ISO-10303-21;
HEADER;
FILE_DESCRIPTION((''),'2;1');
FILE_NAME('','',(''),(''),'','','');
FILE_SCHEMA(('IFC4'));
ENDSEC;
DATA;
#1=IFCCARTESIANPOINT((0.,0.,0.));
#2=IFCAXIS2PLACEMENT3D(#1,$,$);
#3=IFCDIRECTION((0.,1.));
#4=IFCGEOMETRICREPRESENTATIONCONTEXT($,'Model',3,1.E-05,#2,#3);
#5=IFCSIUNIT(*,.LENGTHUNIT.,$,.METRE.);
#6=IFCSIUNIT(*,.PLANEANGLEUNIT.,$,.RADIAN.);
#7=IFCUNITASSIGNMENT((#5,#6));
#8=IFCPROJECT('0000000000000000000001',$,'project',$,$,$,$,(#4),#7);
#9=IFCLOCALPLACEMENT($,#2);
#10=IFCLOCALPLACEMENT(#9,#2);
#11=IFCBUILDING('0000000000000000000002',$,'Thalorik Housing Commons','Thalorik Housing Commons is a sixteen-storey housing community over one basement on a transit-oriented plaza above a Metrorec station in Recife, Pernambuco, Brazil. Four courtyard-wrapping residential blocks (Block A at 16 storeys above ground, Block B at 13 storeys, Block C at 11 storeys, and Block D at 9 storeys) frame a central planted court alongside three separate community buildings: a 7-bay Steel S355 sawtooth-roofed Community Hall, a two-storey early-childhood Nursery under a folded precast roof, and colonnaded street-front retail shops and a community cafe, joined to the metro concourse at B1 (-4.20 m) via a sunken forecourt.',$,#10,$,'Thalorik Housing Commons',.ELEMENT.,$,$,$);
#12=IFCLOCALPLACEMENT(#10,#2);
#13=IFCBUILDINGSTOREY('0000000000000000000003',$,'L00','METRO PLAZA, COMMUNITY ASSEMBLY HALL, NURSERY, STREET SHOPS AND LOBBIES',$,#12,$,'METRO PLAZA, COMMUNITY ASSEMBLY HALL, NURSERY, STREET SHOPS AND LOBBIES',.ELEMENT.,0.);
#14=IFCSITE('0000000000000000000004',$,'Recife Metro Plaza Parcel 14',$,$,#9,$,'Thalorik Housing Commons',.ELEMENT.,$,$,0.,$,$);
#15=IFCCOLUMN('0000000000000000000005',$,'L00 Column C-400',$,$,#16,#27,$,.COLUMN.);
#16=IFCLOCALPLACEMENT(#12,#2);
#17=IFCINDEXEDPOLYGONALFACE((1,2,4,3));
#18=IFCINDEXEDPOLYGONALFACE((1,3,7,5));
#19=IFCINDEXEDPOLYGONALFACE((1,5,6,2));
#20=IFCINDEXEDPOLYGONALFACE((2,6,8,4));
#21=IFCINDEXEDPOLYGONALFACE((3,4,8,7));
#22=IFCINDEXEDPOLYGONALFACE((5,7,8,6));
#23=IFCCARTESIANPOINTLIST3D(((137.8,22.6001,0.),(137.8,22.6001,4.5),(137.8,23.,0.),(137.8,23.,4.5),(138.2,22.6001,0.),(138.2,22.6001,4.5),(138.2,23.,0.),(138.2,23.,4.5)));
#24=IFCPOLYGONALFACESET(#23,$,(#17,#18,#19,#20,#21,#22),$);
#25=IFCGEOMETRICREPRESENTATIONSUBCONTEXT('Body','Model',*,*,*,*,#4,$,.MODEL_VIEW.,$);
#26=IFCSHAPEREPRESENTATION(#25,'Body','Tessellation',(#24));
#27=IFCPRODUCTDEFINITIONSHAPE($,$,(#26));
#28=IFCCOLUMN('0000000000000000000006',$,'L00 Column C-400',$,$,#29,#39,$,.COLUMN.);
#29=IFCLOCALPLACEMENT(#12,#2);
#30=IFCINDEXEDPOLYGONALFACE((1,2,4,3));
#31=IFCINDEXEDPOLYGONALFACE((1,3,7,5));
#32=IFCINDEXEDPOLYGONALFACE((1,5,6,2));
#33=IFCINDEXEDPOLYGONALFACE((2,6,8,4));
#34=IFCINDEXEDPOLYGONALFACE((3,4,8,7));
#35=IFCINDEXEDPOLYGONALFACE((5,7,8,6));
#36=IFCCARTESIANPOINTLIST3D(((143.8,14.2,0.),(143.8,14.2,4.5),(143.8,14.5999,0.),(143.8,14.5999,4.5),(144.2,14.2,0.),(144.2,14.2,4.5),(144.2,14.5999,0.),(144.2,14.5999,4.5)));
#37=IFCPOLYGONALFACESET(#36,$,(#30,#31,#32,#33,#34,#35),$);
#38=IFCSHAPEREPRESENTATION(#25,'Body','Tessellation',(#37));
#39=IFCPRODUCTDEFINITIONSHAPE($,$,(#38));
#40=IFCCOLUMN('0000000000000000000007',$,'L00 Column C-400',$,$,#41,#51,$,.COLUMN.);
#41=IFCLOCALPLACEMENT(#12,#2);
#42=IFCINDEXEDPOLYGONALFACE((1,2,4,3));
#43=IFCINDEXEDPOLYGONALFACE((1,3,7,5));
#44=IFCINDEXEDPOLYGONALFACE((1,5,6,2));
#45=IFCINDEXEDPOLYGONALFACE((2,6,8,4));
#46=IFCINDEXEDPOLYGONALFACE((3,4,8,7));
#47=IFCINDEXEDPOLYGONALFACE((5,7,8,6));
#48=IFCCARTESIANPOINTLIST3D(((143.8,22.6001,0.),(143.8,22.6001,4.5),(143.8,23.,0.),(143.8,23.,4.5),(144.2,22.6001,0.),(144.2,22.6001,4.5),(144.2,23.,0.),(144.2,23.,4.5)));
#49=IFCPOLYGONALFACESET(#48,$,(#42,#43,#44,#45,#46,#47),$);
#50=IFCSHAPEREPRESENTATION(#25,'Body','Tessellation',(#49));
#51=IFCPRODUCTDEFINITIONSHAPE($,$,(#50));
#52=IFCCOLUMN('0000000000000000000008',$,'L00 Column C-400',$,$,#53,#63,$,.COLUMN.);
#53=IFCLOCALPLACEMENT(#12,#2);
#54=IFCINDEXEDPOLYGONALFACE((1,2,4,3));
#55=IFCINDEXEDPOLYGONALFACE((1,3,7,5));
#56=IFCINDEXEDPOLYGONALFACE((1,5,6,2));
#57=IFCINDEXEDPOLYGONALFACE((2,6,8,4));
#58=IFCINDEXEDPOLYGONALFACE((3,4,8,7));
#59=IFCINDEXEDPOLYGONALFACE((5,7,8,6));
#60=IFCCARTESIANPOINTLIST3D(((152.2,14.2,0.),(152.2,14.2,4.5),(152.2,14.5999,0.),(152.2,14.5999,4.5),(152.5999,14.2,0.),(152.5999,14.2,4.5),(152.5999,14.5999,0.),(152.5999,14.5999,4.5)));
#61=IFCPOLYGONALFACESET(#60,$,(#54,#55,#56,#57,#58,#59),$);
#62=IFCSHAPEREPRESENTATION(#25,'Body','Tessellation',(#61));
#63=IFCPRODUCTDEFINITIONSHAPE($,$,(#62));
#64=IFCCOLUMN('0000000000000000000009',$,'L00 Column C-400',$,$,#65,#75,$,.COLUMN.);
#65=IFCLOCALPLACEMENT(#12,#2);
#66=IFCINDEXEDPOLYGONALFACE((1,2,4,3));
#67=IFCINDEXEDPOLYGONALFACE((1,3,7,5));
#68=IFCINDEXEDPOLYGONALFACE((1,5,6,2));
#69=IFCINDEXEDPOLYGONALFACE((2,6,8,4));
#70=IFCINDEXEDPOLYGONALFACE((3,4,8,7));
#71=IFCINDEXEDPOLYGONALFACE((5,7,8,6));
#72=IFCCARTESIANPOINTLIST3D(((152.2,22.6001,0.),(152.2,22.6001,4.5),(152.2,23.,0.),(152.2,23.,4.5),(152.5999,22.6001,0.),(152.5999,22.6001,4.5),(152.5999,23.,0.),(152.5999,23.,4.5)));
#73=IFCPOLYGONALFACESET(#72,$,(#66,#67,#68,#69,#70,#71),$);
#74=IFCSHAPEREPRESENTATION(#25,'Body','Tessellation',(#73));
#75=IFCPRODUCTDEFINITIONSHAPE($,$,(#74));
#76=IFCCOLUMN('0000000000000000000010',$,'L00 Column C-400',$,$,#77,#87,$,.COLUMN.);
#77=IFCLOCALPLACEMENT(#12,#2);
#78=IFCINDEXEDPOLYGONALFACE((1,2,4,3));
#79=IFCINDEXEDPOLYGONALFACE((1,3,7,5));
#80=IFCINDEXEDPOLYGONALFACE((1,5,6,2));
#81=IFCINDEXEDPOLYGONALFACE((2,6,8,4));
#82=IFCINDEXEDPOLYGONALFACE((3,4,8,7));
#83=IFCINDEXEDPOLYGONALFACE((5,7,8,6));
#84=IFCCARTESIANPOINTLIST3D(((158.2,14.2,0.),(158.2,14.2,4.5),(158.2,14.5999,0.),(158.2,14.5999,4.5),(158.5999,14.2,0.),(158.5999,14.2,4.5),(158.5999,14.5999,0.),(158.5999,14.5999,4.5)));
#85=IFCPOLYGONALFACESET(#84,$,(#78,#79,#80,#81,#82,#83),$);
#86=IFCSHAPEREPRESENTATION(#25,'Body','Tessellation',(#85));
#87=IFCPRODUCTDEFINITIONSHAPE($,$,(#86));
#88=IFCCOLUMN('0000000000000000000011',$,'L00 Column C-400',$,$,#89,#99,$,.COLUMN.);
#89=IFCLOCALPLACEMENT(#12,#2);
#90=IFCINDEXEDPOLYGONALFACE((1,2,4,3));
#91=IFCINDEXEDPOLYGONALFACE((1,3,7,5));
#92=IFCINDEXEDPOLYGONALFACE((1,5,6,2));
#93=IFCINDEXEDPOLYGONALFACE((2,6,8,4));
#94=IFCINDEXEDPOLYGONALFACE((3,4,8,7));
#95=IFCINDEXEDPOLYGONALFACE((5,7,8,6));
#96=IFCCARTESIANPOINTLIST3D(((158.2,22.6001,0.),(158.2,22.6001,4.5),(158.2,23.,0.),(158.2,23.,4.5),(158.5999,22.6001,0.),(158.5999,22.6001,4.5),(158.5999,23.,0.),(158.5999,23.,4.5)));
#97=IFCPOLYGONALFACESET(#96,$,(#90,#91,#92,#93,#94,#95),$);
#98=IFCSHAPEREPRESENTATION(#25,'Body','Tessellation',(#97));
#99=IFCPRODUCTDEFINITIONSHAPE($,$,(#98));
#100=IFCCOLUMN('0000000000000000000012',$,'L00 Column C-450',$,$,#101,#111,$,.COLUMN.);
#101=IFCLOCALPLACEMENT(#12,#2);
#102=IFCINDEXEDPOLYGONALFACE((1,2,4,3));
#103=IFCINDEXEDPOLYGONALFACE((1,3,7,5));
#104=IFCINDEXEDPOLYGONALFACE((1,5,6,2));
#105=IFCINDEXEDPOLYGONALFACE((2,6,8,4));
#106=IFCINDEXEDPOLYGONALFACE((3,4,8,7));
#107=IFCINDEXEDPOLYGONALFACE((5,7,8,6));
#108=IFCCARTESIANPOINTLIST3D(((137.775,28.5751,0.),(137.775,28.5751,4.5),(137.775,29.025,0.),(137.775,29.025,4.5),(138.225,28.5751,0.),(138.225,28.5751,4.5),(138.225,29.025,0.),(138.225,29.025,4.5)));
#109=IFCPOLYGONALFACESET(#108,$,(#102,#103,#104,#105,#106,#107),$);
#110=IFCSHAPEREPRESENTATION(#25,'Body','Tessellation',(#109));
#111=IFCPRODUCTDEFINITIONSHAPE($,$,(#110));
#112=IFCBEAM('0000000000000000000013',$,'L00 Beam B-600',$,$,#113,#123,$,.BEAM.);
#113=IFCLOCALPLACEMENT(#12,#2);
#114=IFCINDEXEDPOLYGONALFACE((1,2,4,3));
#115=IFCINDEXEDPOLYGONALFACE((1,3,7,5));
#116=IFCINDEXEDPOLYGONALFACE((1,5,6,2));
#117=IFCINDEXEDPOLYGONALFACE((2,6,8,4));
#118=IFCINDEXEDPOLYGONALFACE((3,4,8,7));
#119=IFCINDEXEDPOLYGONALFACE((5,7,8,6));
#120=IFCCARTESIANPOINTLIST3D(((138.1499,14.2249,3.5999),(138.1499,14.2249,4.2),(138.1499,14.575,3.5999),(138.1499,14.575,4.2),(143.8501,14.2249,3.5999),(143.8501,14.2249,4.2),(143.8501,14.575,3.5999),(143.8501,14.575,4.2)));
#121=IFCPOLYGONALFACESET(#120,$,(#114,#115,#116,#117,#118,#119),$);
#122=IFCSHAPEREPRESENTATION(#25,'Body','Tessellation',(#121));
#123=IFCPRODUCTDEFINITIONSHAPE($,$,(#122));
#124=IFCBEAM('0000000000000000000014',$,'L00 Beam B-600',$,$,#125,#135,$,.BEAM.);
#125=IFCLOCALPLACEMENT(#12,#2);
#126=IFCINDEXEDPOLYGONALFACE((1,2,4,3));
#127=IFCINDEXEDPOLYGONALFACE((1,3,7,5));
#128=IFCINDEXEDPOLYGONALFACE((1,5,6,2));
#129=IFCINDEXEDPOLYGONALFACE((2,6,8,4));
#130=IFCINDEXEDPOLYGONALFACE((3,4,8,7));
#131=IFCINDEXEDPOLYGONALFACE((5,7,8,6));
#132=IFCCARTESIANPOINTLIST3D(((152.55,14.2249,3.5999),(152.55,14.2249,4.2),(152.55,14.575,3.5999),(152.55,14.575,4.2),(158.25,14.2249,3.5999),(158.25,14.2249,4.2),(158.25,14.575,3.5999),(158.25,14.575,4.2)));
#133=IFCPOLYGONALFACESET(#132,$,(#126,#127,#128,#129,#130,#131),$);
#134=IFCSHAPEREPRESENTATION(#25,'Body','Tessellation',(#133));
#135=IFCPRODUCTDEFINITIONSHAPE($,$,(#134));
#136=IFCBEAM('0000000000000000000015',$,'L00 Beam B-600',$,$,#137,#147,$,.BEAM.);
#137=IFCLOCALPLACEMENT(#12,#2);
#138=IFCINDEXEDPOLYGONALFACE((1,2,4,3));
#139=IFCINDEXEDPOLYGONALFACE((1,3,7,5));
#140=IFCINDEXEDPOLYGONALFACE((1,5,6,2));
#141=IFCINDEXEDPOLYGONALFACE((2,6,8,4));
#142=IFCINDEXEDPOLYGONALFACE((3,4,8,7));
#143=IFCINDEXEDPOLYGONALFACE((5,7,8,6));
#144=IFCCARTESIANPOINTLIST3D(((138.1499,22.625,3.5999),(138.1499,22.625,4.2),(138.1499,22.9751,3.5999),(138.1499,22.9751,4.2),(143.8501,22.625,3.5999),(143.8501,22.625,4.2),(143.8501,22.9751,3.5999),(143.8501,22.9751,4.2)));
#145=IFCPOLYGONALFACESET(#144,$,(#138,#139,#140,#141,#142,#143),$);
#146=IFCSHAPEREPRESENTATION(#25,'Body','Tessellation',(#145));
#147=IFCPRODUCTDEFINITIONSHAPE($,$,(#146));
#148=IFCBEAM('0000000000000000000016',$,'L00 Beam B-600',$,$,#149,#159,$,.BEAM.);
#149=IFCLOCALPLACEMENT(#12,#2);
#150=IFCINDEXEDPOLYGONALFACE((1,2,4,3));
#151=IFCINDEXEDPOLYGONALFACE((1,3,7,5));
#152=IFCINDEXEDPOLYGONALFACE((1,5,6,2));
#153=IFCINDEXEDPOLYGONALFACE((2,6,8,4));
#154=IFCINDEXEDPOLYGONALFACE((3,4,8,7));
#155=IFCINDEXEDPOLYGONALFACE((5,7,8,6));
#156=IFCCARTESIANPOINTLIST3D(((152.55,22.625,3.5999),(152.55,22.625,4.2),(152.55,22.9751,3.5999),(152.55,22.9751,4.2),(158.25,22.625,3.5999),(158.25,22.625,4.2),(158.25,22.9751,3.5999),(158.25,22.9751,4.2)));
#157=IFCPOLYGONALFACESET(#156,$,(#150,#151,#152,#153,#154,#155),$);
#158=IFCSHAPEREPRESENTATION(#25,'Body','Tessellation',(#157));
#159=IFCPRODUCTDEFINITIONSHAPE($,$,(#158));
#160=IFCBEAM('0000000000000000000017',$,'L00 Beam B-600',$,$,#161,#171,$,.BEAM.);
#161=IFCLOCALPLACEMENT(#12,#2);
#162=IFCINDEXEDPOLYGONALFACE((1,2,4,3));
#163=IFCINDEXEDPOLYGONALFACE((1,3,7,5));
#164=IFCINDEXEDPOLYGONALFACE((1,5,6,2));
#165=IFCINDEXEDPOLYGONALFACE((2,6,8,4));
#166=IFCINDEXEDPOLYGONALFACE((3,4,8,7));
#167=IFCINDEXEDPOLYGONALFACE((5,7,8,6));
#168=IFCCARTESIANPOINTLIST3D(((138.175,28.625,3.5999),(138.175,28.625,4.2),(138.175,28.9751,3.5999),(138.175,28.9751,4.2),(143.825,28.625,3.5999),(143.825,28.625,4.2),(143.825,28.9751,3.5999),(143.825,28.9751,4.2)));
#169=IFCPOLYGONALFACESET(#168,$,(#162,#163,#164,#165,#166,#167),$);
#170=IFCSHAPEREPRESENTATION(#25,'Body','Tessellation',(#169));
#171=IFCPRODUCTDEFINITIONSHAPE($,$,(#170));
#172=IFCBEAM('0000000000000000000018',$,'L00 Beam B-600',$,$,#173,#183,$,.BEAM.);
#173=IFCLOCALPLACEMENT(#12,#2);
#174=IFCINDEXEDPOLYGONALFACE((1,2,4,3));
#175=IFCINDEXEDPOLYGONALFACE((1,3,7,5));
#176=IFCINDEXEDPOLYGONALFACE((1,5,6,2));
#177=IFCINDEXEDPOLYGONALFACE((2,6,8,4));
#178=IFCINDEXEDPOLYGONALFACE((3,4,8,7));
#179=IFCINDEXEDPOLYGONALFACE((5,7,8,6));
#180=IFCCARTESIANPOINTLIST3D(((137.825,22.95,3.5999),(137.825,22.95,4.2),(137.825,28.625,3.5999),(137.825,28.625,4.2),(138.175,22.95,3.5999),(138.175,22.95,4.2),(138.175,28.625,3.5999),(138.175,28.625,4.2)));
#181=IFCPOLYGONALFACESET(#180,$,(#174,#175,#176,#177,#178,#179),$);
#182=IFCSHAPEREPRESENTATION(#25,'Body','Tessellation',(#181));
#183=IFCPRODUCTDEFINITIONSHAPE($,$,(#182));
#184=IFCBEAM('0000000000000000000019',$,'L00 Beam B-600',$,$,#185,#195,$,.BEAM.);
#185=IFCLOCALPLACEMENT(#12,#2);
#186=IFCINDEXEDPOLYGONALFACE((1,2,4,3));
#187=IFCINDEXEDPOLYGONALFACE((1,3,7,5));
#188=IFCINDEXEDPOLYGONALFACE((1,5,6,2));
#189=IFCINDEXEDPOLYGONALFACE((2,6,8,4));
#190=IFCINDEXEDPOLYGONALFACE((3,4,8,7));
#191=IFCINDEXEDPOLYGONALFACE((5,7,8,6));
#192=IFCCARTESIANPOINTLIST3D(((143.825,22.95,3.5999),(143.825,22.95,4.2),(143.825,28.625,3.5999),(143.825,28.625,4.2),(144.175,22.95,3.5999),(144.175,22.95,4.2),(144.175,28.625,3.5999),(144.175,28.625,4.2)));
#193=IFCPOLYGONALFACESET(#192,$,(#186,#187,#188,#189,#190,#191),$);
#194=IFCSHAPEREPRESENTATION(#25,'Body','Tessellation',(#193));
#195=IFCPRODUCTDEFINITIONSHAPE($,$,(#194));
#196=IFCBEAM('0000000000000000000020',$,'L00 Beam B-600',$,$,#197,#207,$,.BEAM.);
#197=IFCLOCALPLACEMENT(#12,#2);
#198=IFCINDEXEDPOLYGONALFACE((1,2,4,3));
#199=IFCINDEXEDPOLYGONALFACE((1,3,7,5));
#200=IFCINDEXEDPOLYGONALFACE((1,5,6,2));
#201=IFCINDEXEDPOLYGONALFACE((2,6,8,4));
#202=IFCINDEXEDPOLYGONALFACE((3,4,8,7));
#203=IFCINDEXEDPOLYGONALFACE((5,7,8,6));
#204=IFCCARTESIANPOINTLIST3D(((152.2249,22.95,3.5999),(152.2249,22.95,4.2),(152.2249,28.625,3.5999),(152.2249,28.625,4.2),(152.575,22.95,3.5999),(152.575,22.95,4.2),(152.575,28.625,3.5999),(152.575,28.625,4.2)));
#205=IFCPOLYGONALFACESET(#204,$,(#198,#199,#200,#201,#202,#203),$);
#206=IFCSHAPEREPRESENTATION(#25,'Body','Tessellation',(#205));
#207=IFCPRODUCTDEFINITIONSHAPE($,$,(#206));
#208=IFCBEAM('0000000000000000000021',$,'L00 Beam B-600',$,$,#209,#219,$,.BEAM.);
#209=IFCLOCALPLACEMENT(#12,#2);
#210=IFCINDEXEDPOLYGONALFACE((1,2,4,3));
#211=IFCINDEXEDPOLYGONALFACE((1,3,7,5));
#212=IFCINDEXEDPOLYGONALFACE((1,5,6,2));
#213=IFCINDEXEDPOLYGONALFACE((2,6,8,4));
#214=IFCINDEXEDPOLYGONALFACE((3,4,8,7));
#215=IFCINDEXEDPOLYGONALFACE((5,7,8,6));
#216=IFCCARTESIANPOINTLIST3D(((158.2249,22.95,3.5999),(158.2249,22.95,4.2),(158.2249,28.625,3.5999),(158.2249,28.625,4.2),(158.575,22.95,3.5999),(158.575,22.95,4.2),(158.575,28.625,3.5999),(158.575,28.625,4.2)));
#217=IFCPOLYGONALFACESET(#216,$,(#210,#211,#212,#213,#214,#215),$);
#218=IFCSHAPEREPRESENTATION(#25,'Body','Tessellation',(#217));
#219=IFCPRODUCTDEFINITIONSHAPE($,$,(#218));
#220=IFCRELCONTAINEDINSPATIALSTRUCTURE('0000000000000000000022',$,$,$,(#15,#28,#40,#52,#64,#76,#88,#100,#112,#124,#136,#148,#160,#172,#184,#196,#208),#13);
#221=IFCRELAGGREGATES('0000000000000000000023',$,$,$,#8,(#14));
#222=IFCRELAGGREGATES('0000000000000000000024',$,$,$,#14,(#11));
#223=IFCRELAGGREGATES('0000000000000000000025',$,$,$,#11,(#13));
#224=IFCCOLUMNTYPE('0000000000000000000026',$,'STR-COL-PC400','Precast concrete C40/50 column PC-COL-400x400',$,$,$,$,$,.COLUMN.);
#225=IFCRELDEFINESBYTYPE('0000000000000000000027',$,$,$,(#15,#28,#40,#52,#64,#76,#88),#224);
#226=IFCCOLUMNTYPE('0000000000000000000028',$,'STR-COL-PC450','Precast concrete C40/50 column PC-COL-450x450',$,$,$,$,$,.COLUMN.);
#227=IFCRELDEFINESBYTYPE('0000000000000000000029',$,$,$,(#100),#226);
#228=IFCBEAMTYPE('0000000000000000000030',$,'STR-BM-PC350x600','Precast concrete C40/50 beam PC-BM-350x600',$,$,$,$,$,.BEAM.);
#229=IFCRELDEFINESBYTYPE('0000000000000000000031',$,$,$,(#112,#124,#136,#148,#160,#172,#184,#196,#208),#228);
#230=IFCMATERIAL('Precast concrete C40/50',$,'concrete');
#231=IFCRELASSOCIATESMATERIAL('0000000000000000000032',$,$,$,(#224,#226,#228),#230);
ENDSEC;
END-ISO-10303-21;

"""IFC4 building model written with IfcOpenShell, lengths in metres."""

from ifc_helpers import new_model, si_unit, direction, frame, origin, origin_2d, place, context, subcontext, project, spatial, rectangle, extrude, material, material_profile, profile_set, type_object, element, save


model = new_model("IFC4")

# Units and contexts
model_context = context("Model", 3, precision=1e-05, world=origin(), true_north=direction((0.0, 1.0)))
body_context = subcontext(model_context, "Body", "Model", "MODEL_VIEW")
ifc_project = project(units=[si_unit("LENGTHUNIT", "METRE"), si_unit("PLANEANGLEUNIT", "RADIAN")], contexts=[model_context])

# Site, building, storey
site_placement = place(None, origin())
site = spatial("IfcSite", under=ifc_project, at=site_placement, Name="Recife Metro Plaza Parcel 14", LongName="Thalorik Housing Commons", CompositionType="ELEMENT", RefElevation=0.0)
building_placement = place(site_placement, origin())
building = spatial("IfcBuilding", under=site, at=building_placement, Name="Thalorik Housing Commons", Description="Thalorik Housing Commons is a sixteen-storey housing community over one basement on a transit-oriented plaza above a Metrorec station in Recife, Pernambuco, Brazil. Four courtyard-wrapping residential blocks (Block A at 16 storeys above ground, Block B at 13 storeys, Block C at 11 storeys, and Block D at 9 storeys) frame a central planted court alongside three separate community buildings: a 7-bay Steel S355 sawtooth-roofed Community Hall, a two-storey early-childhood Nursery under a folded precast roof, and colonnaded street-front retail shops and a community cafe, joined to the metro concourse at B1 (-4.20 m) via a sunken forecourt.", LongName="Thalorik Housing Commons", CompositionType="ELEMENT")
storey_placement = place(building_placement, origin())
storey = spatial("IfcBuildingStorey", under=building, at=storey_placement, Name="L00", Description="METRO PLAZA, COMMUNITY ASSEMBLY HALL, NURSERY, STREET SHOPS AND LOBBIES", LongName="METRO PLAZA, COMMUNITY ASSEMBLY HALL, NURSERY, STREET SHOPS AND LOBBIES", CompositionType="ELEMENT", Elevation=0.0)

# Columns
ifc_material_1 = material(Name="Precast concrete C40/50", Category="concrete")
ifc_material_profile_1 = material_profile(ifc_material_1, rectangle(XDim=0.3999, YDim=0.3999, at=origin_2d()), Name="PC 400x400", Category="concrete")
ifc_profile_set_1 = profile_set([ifc_material_profile_1], Name="Precast concrete C40/50")
column_type_1 = type_object("IfcColumnType", Name="STR-COL-PC400", Description="Precast concrete C40/50 column PC-COL-400x400", PredefinedType="COLUMN", material=ifc_profile_set_1)
for number, where, z_axis, x_axis, name in (
    (1, (138.0, 22.8, 0.0), (0.0, 0.0, 1.0), (1.0, 0.0, 0.0), "L00 Column C-400"),
    (2, (144.0, 14.3999, 0.0), (0.0, 0.0, 1.0), (1.0, 0.0, 0.0), "L00 Column C-400"),
    (3, (144.0, 22.8, 0.0), (0.0, 0.0, 1.0), (1.0, 0.0, 0.0), "L00 Column C-400"),
    (4, (152.3999, 14.3999, 0.0), (0.0, 0.0, 1.0), (1.0, 0.0, 0.0), "L00 Column C-400"),
    (5, (152.3999, 22.8, 0.0), (0.0, 0.0, 1.0), (1.0, 0.0, 0.0), "L00 Column C-400"),
    (6, (158.3999, 14.3999, 0.0), (0.0, 0.0, 1.0), (1.0, 0.0, 0.0), "L00 Column C-400"),
    (7, (158.3999, 22.8, 0.0), (0.0, 0.0, 1.0), (1.0, 0.0, 0.0), "L00 Column C-400"),
):
    element("IfcColumn", number, at=place(storey_placement, frame(where, z_axis=z_axis, x_axis=x_axis)), inside=storey, type_object=column_type_1, Name=name, PredefinedType="COLUMN", context=body_context, shape_type="SweptSolid", body=[
        extrude(rectangle(XDim=0.3999, YDim=0.3999, at=origin_2d()), origin(), (0.0, 0.0, 1.0), 4.5),
    ])
ifc_material_profile_2 = material_profile(ifc_material_1, rectangle(XDim=0.45, YDim=0.45, at=origin_2d()), Name="PC 450x450", Category="concrete")
ifc_profile_set_2 = profile_set([ifc_material_profile_2], Name="Precast concrete C40/50")
column_type_2 = type_object("IfcColumnType", Name="STR-COL-PC450", Description="Precast concrete C40/50 column PC-COL-450x450", PredefinedType="COLUMN", material=ifc_profile_set_2)
column_placement = place(storey_placement, frame((138.0, 28.8, 0.0), z_axis=(0.0, 0.0, 1.0), x_axis=(1.0, 0.0, 0.0)))
element("IfcColumn", 8, at=column_placement, inside=storey, type_object=column_type_2, Name="L00 Column C-450", PredefinedType="COLUMN", context=body_context, shape_type="SweptSolid", body=[
    extrude(rectangle(XDim=0.45, YDim=0.45, at=origin_2d()), origin(), (0.0, 0.0, 1.0), 4.5),
])

# Beams
ifc_material_profile_3 = material_profile(ifc_material_1, rectangle(XDim=0.3501, YDim=0.6001, at=origin_2d()), Name="PC 350x600", Category="concrete")
ifc_profile_set_3 = profile_set([ifc_material_profile_3], Name="Precast concrete C40/50")
beam_type_1 = type_object("IfcBeamType", Name="STR-BM-PC350x600", Description="Precast concrete C40/50 beam PC-BM-350x600", PredefinedType="BEAM", material=ifc_profile_set_3)
beam_1_placement = place(storey_placement, frame((138.1499, 14.3999, 3.8999), z_axis=(1.0, 0.0, 0.0), x_axis=(0.0, 1.0, 0.0)))
element("IfcBeam", 9, at=beam_1_placement, inside=storey, type_object=beam_type_1, Name="L00 Beam B-600", PredefinedType="BEAM", context=body_context, shape_type="SweptSolid", body=[
    extrude(rectangle(XDim=0.3501, YDim=0.6001, at=origin_2d()), origin(), (0.0, 0.0, 1.0), 5.7002),
])
beam_2_placement = place(storey_placement, frame((152.55, 14.3999, 3.8999), z_axis=(1.0, 0.0, 0.0), x_axis=(0.0, 1.0, 0.0)))
element("IfcBeam", 10, at=beam_2_placement, inside=storey, type_object=beam_type_1, Name="L00 Beam B-600", PredefinedType="BEAM", context=body_context, shape_type="SweptSolid", body=[
    extrude(rectangle(XDim=0.3501, YDim=0.6001, at=origin_2d()), origin(), (0.0, 0.0, 1.0), 5.7),
])
beam_3_placement = place(storey_placement, frame((138.1499, 22.8, 3.8999), z_axis=(1.0, 0.0, 0.0), x_axis=(0.0, 1.0, 0.0)))
element("IfcBeam", 11, at=beam_3_placement, inside=storey, type_object=beam_type_1, Name="L00 Beam B-600", PredefinedType="BEAM", context=body_context, shape_type="SweptSolid", body=[
    extrude(rectangle(XDim=0.3501, YDim=0.6001, at=origin_2d()), origin(), (0.0, 0.0, 1.0), 5.7002),
])
beam_4_placement = place(storey_placement, frame((152.55, 22.8, 3.8999), z_axis=(1.0, 0.0, 0.0), x_axis=(0.0, 1.0, 0.0)))
element("IfcBeam", 12, at=beam_4_placement, inside=storey, type_object=beam_type_1, Name="L00 Beam B-600", PredefinedType="BEAM", context=body_context, shape_type="SweptSolid", body=[
    extrude(rectangle(XDim=0.3501, YDim=0.6001, at=origin_2d()), origin(), (0.0, 0.0, 1.0), 5.7),
])
beam_5_placement = place(storey_placement, frame((138.175, 28.8, 3.8999), z_axis=(1.0, 0.0, 0.0), x_axis=(0.0, 1.0, 0.0)))
element("IfcBeam", 13, at=beam_5_placement, inside=storey, type_object=beam_type_1, Name="L00 Beam B-600", PredefinedType="BEAM", context=body_context, shape_type="SweptSolid", body=[
    extrude(rectangle(XDim=0.3501, YDim=0.6001, at=origin_2d()), origin(), (0.0, 0.0, 1.0), 5.6499),
])
for number, where, z_axis, x_axis, name in (
    (14, (138.0, 22.95, 3.8999), (0.0, 1.0, 0.0), (-1.0, 0.0, 0.0), "L00 Beam B-600"),
    (15, (144.0, 22.95, 3.8999), (0.0, 1.0, 0.0), (-1.0, 0.0, 0.0), "L00 Beam B-600"),
    (16, (152.3999, 22.95, 3.8999), (0.0, 1.0, 0.0), (-1.0, 0.0, 0.0), "L00 Beam B-600"),
    (17, (158.3999, 22.95, 3.8999), (0.0, 1.0, 0.0), (-1.0, 0.0, 0.0), "L00 Beam B-600"),
):
    element("IfcBeam", number, at=place(storey_placement, frame(where, z_axis=z_axis, x_axis=x_axis)), inside=storey, type_object=beam_type_1, Name=name, PredefinedType="BEAM", context=body_context, shape_type="SweptSolid", body=[
        extrude(rectangle(XDim=0.3501, YDim=0.6001, at=origin_2d()), origin(), (0.0, 0.0, 1.0), 5.675),
    ])

save(model, "model.ifc")
